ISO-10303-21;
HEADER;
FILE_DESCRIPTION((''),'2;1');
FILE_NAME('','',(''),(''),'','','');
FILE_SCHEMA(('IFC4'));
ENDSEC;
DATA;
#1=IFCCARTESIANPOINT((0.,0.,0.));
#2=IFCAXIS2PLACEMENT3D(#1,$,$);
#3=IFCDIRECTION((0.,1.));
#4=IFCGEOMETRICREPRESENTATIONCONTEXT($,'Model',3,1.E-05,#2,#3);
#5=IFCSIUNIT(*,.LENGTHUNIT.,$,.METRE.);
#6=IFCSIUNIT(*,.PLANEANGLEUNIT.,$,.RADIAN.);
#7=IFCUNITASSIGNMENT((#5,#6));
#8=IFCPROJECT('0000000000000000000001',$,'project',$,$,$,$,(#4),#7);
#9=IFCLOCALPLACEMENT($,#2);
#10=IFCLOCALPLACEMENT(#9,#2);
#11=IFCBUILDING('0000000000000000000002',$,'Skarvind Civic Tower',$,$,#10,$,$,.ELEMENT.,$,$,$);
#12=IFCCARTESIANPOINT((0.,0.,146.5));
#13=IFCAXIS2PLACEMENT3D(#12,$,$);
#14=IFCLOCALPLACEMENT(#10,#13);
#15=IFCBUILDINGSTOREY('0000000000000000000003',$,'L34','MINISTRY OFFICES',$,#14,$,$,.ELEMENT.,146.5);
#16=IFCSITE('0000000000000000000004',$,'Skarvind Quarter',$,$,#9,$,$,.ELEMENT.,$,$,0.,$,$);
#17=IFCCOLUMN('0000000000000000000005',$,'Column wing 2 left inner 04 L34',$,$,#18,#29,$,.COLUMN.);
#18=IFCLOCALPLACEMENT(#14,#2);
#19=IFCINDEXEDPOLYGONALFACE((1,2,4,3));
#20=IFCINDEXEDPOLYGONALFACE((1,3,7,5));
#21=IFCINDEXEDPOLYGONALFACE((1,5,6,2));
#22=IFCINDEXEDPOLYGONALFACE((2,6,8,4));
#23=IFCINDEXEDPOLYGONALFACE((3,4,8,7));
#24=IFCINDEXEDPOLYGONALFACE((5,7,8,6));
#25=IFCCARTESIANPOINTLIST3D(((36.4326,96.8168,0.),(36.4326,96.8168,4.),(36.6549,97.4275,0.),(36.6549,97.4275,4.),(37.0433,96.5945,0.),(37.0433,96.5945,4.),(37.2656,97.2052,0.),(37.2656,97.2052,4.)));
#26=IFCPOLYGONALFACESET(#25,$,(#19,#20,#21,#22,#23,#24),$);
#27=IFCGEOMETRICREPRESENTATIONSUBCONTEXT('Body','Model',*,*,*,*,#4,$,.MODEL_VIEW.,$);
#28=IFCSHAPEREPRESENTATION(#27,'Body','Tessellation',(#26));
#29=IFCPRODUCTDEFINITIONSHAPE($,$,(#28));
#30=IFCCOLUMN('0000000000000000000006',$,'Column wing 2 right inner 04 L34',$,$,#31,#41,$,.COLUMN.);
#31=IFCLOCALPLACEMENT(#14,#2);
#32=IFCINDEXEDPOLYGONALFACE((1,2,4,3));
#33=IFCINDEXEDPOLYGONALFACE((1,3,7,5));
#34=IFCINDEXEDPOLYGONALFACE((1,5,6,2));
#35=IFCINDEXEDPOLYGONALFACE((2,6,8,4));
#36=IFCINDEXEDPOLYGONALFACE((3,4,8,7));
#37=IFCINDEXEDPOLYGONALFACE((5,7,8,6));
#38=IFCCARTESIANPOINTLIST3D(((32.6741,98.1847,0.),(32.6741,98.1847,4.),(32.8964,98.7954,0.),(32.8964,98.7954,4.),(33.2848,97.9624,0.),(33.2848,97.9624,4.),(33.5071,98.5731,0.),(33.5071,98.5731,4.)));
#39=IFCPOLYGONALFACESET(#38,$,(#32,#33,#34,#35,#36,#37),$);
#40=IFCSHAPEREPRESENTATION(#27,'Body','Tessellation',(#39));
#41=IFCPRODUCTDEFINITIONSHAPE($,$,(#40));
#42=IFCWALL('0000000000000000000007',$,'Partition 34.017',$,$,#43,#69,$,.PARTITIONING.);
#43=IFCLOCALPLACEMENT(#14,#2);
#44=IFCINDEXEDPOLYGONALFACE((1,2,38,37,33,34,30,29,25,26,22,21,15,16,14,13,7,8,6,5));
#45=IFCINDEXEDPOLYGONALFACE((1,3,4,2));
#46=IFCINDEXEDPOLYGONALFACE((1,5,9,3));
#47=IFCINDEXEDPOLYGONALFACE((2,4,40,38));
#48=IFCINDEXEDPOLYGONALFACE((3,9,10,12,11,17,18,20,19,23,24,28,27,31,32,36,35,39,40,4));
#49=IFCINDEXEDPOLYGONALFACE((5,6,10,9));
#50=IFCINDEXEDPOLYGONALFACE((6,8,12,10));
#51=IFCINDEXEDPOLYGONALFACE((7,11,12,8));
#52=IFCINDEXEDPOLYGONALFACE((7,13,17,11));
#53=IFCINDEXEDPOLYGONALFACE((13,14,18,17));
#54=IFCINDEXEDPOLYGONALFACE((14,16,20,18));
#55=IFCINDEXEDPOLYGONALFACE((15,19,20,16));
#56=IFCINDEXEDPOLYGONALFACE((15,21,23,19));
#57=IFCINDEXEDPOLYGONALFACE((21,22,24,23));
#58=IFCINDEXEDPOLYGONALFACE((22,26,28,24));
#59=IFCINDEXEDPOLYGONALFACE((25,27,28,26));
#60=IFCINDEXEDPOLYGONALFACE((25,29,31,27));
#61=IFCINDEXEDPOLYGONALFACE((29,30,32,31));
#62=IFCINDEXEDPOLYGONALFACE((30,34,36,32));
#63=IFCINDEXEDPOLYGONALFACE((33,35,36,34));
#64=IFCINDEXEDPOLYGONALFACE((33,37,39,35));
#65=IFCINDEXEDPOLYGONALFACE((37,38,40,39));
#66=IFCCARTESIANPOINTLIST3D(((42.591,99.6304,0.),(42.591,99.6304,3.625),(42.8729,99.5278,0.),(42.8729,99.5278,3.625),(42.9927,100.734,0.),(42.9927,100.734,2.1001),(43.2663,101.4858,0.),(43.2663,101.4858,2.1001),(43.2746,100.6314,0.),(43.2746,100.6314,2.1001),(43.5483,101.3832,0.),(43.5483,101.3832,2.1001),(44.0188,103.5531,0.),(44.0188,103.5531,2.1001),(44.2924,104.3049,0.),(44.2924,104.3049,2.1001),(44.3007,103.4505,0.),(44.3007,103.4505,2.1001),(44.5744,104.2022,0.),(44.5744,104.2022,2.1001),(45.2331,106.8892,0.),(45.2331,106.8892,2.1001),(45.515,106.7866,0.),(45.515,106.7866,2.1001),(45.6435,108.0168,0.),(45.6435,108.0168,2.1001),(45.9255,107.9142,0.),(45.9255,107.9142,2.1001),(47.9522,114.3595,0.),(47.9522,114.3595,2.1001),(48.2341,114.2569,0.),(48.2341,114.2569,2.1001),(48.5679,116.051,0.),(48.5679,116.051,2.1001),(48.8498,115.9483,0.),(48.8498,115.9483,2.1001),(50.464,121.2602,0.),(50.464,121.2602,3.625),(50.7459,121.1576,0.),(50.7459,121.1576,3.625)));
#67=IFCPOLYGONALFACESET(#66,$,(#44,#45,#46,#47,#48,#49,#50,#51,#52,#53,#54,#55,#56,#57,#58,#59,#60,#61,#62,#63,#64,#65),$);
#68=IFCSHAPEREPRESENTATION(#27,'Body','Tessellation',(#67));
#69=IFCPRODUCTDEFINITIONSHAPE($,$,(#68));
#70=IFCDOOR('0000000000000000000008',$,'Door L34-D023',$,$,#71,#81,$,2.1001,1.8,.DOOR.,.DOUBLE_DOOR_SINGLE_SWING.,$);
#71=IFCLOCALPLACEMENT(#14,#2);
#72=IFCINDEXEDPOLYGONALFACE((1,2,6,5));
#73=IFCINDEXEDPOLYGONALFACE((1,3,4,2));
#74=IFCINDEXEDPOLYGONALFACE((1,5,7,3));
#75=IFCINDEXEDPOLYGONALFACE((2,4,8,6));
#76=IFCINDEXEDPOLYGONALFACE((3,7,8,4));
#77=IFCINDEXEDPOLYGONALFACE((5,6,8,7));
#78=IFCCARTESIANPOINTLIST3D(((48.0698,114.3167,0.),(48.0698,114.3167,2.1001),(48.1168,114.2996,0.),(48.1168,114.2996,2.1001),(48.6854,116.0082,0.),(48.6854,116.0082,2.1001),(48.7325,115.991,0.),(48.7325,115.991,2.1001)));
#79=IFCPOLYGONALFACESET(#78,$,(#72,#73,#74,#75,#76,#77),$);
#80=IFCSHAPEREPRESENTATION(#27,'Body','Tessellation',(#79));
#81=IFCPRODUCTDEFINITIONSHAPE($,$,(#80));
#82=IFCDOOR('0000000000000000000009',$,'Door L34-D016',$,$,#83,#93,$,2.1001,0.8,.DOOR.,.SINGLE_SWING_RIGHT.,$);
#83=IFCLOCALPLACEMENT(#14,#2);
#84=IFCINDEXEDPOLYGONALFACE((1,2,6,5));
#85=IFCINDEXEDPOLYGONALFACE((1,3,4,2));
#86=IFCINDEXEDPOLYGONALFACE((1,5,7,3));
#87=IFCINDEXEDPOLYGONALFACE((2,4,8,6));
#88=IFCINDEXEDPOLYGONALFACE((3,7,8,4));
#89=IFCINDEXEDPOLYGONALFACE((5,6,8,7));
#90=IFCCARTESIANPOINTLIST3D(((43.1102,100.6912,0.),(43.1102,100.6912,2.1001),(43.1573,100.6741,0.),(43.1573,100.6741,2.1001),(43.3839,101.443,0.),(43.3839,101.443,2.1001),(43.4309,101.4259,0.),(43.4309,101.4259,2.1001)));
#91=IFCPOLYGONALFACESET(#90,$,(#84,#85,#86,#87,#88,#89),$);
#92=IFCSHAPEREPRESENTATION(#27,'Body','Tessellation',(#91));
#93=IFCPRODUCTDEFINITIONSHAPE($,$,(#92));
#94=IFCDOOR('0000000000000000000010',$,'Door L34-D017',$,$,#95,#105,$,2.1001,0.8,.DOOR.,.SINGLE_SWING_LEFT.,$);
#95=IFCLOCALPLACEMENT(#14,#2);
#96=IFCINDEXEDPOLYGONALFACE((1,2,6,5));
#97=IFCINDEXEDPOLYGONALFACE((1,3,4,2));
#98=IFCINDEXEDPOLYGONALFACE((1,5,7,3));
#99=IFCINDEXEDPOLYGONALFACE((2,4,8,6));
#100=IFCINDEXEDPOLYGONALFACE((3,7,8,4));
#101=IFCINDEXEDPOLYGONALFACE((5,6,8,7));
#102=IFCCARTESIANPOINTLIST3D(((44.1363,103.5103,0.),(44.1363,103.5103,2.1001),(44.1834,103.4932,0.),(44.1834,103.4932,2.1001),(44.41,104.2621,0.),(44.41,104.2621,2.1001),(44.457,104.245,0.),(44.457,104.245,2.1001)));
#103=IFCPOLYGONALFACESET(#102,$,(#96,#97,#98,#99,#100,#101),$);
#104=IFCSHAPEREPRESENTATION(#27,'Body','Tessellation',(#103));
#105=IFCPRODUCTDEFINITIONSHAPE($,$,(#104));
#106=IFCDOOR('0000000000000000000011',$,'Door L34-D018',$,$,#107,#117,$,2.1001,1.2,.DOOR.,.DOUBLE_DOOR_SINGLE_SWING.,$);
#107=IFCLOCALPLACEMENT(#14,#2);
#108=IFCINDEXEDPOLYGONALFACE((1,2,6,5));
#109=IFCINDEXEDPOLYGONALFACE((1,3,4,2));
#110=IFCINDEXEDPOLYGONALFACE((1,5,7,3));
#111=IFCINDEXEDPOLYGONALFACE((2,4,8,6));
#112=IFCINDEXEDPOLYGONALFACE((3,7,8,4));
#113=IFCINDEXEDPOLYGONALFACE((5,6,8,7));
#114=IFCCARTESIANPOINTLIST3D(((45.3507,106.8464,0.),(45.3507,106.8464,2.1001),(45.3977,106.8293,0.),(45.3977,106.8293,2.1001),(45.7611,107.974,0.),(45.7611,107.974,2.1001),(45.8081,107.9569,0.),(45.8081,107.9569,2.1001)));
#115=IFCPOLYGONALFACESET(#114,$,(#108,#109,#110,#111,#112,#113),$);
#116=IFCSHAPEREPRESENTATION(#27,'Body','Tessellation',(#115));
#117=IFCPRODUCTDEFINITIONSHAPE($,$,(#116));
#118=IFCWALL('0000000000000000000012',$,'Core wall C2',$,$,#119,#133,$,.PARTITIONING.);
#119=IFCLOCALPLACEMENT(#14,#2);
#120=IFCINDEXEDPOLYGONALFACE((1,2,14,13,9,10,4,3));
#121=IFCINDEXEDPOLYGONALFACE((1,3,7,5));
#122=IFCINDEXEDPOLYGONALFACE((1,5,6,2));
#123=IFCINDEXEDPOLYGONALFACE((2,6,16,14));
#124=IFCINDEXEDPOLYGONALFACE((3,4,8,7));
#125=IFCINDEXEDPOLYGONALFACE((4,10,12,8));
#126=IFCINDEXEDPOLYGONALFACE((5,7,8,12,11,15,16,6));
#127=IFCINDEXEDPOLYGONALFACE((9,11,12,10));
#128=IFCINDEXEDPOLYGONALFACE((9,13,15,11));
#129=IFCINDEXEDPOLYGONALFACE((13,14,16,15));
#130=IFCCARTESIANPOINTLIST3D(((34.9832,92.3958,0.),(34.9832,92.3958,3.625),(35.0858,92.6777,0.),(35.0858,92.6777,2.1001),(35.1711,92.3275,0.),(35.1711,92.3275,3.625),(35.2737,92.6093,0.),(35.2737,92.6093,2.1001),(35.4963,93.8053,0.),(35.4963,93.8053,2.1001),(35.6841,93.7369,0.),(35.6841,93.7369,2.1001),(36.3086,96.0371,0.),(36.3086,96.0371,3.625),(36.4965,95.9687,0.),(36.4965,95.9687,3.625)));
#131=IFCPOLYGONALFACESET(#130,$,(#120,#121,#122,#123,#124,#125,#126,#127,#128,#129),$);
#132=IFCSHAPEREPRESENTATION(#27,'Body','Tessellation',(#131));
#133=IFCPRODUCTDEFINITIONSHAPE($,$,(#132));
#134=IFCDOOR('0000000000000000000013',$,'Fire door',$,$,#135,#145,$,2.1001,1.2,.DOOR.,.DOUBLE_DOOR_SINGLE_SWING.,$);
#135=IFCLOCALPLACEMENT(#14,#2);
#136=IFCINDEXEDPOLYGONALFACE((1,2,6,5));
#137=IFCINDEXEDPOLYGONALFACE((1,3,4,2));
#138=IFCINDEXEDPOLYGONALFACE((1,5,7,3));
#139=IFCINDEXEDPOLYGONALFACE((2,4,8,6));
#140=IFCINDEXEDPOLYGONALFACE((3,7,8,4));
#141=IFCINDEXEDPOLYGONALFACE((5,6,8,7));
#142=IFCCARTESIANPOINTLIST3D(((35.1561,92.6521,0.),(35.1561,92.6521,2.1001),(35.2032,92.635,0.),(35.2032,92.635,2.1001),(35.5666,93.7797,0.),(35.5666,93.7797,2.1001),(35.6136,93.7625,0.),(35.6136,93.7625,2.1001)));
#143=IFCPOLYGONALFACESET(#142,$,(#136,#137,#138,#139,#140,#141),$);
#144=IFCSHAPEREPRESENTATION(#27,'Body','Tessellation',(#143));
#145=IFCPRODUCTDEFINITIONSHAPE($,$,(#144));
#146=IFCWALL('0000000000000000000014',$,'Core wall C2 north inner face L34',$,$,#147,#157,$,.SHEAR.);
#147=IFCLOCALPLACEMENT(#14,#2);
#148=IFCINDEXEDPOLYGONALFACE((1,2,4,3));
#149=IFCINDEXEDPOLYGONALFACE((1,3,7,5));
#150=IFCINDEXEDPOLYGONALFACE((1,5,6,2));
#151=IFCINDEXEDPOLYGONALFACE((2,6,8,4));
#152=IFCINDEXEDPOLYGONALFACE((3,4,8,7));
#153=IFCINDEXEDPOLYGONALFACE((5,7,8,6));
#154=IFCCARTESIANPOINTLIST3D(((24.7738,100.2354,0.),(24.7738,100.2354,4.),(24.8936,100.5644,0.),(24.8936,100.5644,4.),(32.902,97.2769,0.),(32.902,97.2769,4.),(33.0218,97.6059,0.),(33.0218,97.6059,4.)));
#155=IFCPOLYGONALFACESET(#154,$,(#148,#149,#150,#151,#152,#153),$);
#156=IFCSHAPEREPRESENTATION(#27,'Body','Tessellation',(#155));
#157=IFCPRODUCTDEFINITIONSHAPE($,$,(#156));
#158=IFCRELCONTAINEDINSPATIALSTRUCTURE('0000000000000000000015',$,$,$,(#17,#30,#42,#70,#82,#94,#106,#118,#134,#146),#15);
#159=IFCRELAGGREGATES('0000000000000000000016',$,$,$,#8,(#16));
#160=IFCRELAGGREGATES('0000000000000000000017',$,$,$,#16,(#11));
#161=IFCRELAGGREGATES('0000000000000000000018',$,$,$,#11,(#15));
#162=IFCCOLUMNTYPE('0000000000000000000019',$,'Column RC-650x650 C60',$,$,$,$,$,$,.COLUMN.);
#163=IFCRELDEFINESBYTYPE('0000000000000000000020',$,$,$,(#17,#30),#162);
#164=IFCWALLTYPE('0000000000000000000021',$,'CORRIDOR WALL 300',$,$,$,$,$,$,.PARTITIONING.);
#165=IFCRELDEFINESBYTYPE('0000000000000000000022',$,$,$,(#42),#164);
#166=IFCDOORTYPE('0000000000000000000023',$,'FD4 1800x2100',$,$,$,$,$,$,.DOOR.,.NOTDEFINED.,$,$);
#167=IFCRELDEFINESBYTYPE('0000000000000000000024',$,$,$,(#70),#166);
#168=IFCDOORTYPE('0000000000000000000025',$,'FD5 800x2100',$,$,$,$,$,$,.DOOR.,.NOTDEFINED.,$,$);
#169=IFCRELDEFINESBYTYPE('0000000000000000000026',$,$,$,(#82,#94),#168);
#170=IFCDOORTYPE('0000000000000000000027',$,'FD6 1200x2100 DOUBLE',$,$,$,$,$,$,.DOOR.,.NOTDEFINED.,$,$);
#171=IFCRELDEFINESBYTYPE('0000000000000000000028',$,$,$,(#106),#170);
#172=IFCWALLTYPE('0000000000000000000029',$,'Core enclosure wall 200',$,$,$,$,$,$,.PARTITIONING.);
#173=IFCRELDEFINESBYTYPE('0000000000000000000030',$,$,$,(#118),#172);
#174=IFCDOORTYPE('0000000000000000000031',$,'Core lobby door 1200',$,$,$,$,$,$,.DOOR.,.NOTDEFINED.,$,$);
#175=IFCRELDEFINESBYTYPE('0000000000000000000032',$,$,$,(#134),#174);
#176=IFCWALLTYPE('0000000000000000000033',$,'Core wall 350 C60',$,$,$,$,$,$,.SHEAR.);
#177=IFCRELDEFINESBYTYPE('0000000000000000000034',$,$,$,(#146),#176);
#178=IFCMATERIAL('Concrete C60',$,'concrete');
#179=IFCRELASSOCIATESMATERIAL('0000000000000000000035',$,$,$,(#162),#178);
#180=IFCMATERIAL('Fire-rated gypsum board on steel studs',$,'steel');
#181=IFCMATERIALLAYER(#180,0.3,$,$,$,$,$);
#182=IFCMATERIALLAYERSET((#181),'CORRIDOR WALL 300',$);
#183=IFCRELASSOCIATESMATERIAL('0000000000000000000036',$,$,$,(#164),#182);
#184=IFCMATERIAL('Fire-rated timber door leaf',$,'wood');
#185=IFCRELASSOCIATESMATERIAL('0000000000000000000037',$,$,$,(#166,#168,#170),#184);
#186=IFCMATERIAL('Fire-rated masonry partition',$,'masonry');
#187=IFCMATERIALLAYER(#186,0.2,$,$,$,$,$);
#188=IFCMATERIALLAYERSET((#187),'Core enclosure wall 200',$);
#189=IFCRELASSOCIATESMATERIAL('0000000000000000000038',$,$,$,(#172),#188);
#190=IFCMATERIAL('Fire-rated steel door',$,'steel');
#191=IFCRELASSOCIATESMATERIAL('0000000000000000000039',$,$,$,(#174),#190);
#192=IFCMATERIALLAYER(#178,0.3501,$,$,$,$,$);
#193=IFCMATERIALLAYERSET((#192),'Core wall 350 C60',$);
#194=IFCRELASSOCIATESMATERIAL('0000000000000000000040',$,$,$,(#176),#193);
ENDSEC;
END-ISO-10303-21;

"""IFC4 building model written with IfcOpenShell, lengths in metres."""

from ifc_helpers import new_model, si_unit, direction, frame, frame_2d, origin, origin_2d, place, context, subcontext, project, spatial, rectangle, extrude, material, layer, layer_set, material_profile, profile_set, type_object, element, fill, save


model = new_model("IFC4")

# Units and contexts
model_context = context("Model", 3, precision=1e-05, world=origin(), true_north=direction((0.0, 1.0)))
body_context = subcontext(model_context, "Body", "Model", "MODEL_VIEW")
ifc_project = project(units=[si_unit("LENGTHUNIT", "METRE"), si_unit("PLANEANGLEUNIT", "RADIAN")], contexts=[model_context])

# Site, building, storey
site_placement = place(None, origin())
site = spatial("IfcSite", under=ifc_project, at=site_placement, Name="Skarvind Quarter", CompositionType="ELEMENT", RefElevation=0.0)
building_placement = place(site_placement, origin())
building = spatial("IfcBuilding", under=site, at=building_placement, Name="Skarvind Civic Tower", CompositionType="ELEMENT")
storey_placement = place(building_placement, frame((0.0, 0.0, 146.5)))
storey = spatial("IfcBuildingStorey", under=building, at=storey_placement, Name="L34", Description="MINISTRY OFFICES", CompositionType="ELEMENT", Elevation=146.5)

# Columns
ifc_material_1 = material(Name="Concrete C60", Category="concrete")
ifc_material_profile = material_profile(ifc_material_1, rectangle(XDim=0.6499, YDim=0.6499, at=origin_2d()), Name="RC-650x650")
ifc_profile_set = profile_set([ifc_material_profile], Name="Concrete C60")
column_type = type_object("IfcColumnType", Name="Column RC-650x650 C60", PredefinedType="COLUMN", material=ifc_profile_set)
for number, where, z_axis, x_axis, name in (
    (1, (36.8491, 97.011, 0.0), (0.0, 0.0, 1.0), (-0.34202, -0.939693, 0.0), "Column wing 2 left inner 04 L34"),
    (2, (33.0906, 98.3789, 0.0), (0.0, 0.0, 1.0), (-0.34202, -0.939693, 0.0), "Column wing 2 right inner 04 L34"),
):
    element("IfcColumn", number, at=place(storey_placement, frame(where, z_axis=z_axis, x_axis=x_axis)), inside=storey, type_object=column_type, Name=name, PredefinedType="COLUMN", context=body_context, shape_type="SweptSolid", body=[
        extrude(rectangle(XDim=0.6499, YDim=0.6499, at=origin_2d()), origin(), (0.0, 0.0, 1.0), 4.0),
    ])

# Wall, openings, doors
ifc_material_2 = material(Name="Fire-rated gypsum board on steel studs", Category="steel")
ifc_layer_1 = layer(ifc_material_2, 0.3)
ifc_layer_set_1 = layer_set([ifc_layer_1], Name="CORRIDOR WALL 300")
wall_type_1 = type_object("IfcWallType", Name="CORRIDOR WALL 300", PredefinedType="PARTITIONING", material=ifc_layer_set_1)
wall_1_placement = place(storey_placement, frame((42.7319, 99.5791, 0.0), z_axis=(0.0, 0.0, 1.0), x_axis=(0.342036, 0.939687, 0.0)))
wall_1 = element("IfcWall", 3, at=wall_1_placement, inside=storey, type_object=wall_type_1, Name="Partition 34.017", PredefinedType="PARTITIONING", context=body_context, shape_type="SweptSolid", body=[
    extrude(rectangle(XDim=23.0181, YDim=0.3, at=frame_2d((11.509, 0.0))), origin(), (0.0, 0.0, 1.0), 3.625),
])
opening_1_placement = place(wall_1_placement, frame((1.1746, 0.0, 0.0)))
opening_1 = element("IfcOpeningElement", 4, at=opening_1_placement, cuts=wall_1, PredefinedType="OPENING", context=body_context, shape_type="SweptSolid", body=[
    extrude(rectangle(XDim=0.8, YDim=2.1001, at=frame_2d((0.3999, 1.05))), frame((0.0, 0.1599, 0.0), z_axis=(0.0, -1.0, 0.0), x_axis=(1.0, 0.0, 0.0)), (0.0, 0.0, 1.0), 0.3201),
])
opening_2_placement = place(wall_1_placement, frame((4.1746, 0.0, 0.0)))
opening_2 = element("IfcOpeningElement", 5, at=opening_2_placement, cuts=wall_1, PredefinedType="OPENING", context=body_context, shape_type="SweptSolid", body=[
    extrude(rectangle(XDim=0.8, YDim=2.1001, at=frame_2d((0.3999, 1.05))), frame((0.0, 0.1599, 0.0), z_axis=(0.0, -1.0, 0.0), x_axis=(1.0, 0.0, 0.0)), (0.0, 0.0, 1.0), 0.3201),
])
opening_3_placement = place(wall_1_placement, frame((7.7246, 0.0, 0.0)))
opening_3 = element("IfcOpeningElement", 6, at=opening_3_placement, cuts=wall_1, PredefinedType="OPENING", context=body_context, shape_type="SweptSolid", body=[
    extrude(rectangle(XDim=1.2, YDim=2.1001, at=frame_2d((0.6001, 1.05))), frame((0.0, 0.1599, 0.0), z_axis=(0.0, -1.0, 0.0), x_axis=(1.0, 0.0, 0.0)), (0.0, 0.0, 1.0), 0.3201),
])
opening_4_placement = place(wall_1_placement, frame((15.6746, 0.0, 0.0)))
opening_4 = element("IfcOpeningElement", 7, at=opening_4_placement, cuts=wall_1, PredefinedType="OPENING", context=body_context, shape_type="SweptSolid", body=[
    extrude(rectangle(XDim=1.8, YDim=2.1001, at=frame_2d((0.8999, 1.05))), frame((0.0, 0.1599, 0.0), z_axis=(0.0, -1.0, 0.0), x_axis=(1.0, 0.0, 0.0)), (0.0, 0.0, 1.0), 0.3201),
])
ifc_material_3 = material(Name="Fire-rated timber door leaf", Category="wood")
door_type_1 = type_object("IfcDoorType", Name="FD4 1800x2100", OperationType="NOTDEFINED", PredefinedType="DOOR", material=ifc_material_3)
door_1_placement = place(opening_4_placement, origin())
door_1 = element("IfcDoor", 8, at=door_1_placement, inside=storey, type_object=door_type_1, Name="Door L34-D023", OperationType="DOUBLE_DOOR_SINGLE_SWING", OverallHeight=2.1001, OverallWidth=1.8, PredefinedType="DOOR", context=body_context, shape_type="SweptSolid", body=[
    extrude(rectangle(XDim=1.8, YDim=2.1001, at=frame_2d((0.8999, 1.05))), frame((0.0, 0.0249, 0.0), z_axis=(0.0, -1.0, 0.0), x_axis=(1.0, 0.0, 0.0)), (0.0, 0.0, 1.0), 0.05),
])
fill(opening_4, door_1)
door_type_2 = type_object("IfcDoorType", Name="FD5 800x2100", OperationType="NOTDEFINED", PredefinedType="DOOR", material=ifc_material_3)
door_2_placement = place(opening_1_placement, origin())
door_2 = element("IfcDoor", 9, at=door_2_placement, inside=storey, type_object=door_type_2, Name="Door L34-D016", OperationType="SINGLE_SWING_RIGHT", OverallHeight=2.1001, OverallWidth=0.8, PredefinedType="DOOR", context=body_context, shape_type="SweptSolid", body=[
    extrude(rectangle(XDim=0.8, YDim=2.1001, at=frame_2d((0.3999, 1.05))), frame((0.0, 0.0249, 0.0), z_axis=(0.0, -1.0, 0.0), x_axis=(1.0, 0.0, 0.0)), (0.0, 0.0, 1.0), 0.05),
])
fill(opening_1, door_2)
door_3_placement = place(opening_2_placement, origin())
door_3 = element("IfcDoor", 10, at=door_3_placement, inside=storey, type_object=door_type_2, Name="Door L34-D017", OperationType="SINGLE_SWING_LEFT", OverallHeight=2.1001, OverallWidth=0.8, PredefinedType="DOOR", context=body_context, shape_type="SweptSolid", body=[
    extrude(rectangle(XDim=0.8, YDim=2.1001, at=frame_2d((0.3999, 1.05))), frame((0.0, 0.0249, 0.0), z_axis=(0.0, -1.0, 0.0), x_axis=(1.0, 0.0, 0.0)), (0.0, 0.0, 1.0), 0.05),
])
fill(opening_2, door_3)
door_type_3 = type_object("IfcDoorType", Name="FD6 1200x2100 DOUBLE", OperationType="NOTDEFINED", PredefinedType="DOOR", material=ifc_material_3)
door_4_placement = place(opening_3_placement, origin())
door_4 = element("IfcDoor", 11, at=door_4_placement, inside=storey, type_object=door_type_3, Name="Door L34-D018", OperationType="DOUBLE_DOOR_SINGLE_SWING", OverallHeight=2.1001, OverallWidth=1.2, PredefinedType="DOOR", context=body_context, shape_type="SweptSolid", body=[
    extrude(rectangle(XDim=1.2, YDim=2.1001, at=frame_2d((0.6001, 1.05))), frame((0.0, 0.0249, 0.0), z_axis=(0.0, -1.0, 0.0), x_axis=(1.0, 0.0, 0.0)), (0.0, 0.0, 1.0), 0.05),
])
fill(opening_3, door_4)

# Wall, opening, door
ifc_material_4 = material(Name="Fire-rated masonry partition", Category="masonry")
ifc_layer_2 = layer(ifc_material_4, 0.2)
ifc_layer_set_2 = layer_set([ifc_layer_2], Name="Core enclosure wall 200")
wall_type_2 = type_object("IfcWallType", Name="Core enclosure wall 200", PredefinedType="PARTITIONING", material=ifc_layer_set_2)
wall_2_placement = place(storey_placement, frame((36.4026, 96.0029, 0.0), z_axis=(0.0, 0.0, 1.0), x_axis=(-0.342042, -0.939685, 0.0)))
wall_2 = element("IfcWall", 12, at=wall_2_placement, inside=storey, type_object=wall_type_2, Name="Core wall C2", PredefinedType="PARTITIONING", context=body_context, shape_type="SweptSolid", body=[
    extrude(rectangle(XDim=3.875, YDim=0.2, at=frame_2d((1.9375, 0.0))), origin(), (0.0, 0.0, 1.0), 3.625),
])
opening_5_placement = place(wall_2_placement, frame((2.375, 0.0, 0.0)))
opening_5 = element("IfcOpeningElement", 13, at=opening_5_placement, cuts=wall_2, PredefinedType="OPENING", context=body_context, shape_type="SweptSolid", body=[
    extrude(rectangle(XDim=1.2, YDim=2.1001, at=frame_2d((0.6001, 1.05))), frame((0.0, 0.1099, 0.0), z_axis=(0.0, -1.0, 0.0), x_axis=(1.0, 0.0, 0.0)), (0.0, 0.0, 1.0), 0.22),
])
ifc_material_5 = material(Name="Fire-rated steel door", Category="steel")
door_type_4 = type_object("IfcDoorType", Name="Core lobby door 1200", OperationType="NOTDEFINED", PredefinedType="DOOR", material=ifc_material_5)
door_5_placement = place(opening_5_placement, origin())
door_5 = element("IfcDoor", 14, at=door_5_placement, inside=storey, type_object=door_type_4, Name="Fire door", OperationType="DOUBLE_DOOR_SINGLE_SWING", OverallHeight=2.1001, OverallWidth=1.2, PredefinedType="DOOR", context=body_context, shape_type="SweptSolid", body=[
    extrude(rectangle(XDim=1.2, YDim=2.1001, at=frame_2d((0.6001, 1.05))), frame((0.0, 0.0249, 0.0), z_axis=(0.0, -1.0, 0.0), x_axis=(1.0, 0.0, 0.0)), (0.0, 0.0, 1.0), 0.05),
])
fill(opening_5, door_5)

# Wall
ifc_layer_3 = layer(ifc_material_1, 0.3501)
ifc_layer_set_3 = layer_set([ifc_layer_3], Name="Core wall 350 C60")
wall_type_3 = type_object("IfcWallType", Name="Core wall 350 C60", PredefinedType="SHEAR", material=ifc_layer_set_3)
wall_3_placement = place(storey_placement, frame((32.9619, 97.4414, 0.0), z_axis=(0.0, 0.0, 1.0), x_axis=(-0.93969, 0.342029, 0.0)))
element("IfcWall", 15, at=wall_3_placement, inside=storey, type_object=wall_type_3, Name="Core wall C2 north inner face L34", PredefinedType="SHEAR", context=body_context, shape_type="SweptSolid", body=[
    extrude(rectangle(XDim=8.6499, YDim=0.3501, at=frame_2d((4.325, 0.0))), origin(), (0.0, 0.0, 1.0), 4.0),
])

save(model, "model.ifc")
